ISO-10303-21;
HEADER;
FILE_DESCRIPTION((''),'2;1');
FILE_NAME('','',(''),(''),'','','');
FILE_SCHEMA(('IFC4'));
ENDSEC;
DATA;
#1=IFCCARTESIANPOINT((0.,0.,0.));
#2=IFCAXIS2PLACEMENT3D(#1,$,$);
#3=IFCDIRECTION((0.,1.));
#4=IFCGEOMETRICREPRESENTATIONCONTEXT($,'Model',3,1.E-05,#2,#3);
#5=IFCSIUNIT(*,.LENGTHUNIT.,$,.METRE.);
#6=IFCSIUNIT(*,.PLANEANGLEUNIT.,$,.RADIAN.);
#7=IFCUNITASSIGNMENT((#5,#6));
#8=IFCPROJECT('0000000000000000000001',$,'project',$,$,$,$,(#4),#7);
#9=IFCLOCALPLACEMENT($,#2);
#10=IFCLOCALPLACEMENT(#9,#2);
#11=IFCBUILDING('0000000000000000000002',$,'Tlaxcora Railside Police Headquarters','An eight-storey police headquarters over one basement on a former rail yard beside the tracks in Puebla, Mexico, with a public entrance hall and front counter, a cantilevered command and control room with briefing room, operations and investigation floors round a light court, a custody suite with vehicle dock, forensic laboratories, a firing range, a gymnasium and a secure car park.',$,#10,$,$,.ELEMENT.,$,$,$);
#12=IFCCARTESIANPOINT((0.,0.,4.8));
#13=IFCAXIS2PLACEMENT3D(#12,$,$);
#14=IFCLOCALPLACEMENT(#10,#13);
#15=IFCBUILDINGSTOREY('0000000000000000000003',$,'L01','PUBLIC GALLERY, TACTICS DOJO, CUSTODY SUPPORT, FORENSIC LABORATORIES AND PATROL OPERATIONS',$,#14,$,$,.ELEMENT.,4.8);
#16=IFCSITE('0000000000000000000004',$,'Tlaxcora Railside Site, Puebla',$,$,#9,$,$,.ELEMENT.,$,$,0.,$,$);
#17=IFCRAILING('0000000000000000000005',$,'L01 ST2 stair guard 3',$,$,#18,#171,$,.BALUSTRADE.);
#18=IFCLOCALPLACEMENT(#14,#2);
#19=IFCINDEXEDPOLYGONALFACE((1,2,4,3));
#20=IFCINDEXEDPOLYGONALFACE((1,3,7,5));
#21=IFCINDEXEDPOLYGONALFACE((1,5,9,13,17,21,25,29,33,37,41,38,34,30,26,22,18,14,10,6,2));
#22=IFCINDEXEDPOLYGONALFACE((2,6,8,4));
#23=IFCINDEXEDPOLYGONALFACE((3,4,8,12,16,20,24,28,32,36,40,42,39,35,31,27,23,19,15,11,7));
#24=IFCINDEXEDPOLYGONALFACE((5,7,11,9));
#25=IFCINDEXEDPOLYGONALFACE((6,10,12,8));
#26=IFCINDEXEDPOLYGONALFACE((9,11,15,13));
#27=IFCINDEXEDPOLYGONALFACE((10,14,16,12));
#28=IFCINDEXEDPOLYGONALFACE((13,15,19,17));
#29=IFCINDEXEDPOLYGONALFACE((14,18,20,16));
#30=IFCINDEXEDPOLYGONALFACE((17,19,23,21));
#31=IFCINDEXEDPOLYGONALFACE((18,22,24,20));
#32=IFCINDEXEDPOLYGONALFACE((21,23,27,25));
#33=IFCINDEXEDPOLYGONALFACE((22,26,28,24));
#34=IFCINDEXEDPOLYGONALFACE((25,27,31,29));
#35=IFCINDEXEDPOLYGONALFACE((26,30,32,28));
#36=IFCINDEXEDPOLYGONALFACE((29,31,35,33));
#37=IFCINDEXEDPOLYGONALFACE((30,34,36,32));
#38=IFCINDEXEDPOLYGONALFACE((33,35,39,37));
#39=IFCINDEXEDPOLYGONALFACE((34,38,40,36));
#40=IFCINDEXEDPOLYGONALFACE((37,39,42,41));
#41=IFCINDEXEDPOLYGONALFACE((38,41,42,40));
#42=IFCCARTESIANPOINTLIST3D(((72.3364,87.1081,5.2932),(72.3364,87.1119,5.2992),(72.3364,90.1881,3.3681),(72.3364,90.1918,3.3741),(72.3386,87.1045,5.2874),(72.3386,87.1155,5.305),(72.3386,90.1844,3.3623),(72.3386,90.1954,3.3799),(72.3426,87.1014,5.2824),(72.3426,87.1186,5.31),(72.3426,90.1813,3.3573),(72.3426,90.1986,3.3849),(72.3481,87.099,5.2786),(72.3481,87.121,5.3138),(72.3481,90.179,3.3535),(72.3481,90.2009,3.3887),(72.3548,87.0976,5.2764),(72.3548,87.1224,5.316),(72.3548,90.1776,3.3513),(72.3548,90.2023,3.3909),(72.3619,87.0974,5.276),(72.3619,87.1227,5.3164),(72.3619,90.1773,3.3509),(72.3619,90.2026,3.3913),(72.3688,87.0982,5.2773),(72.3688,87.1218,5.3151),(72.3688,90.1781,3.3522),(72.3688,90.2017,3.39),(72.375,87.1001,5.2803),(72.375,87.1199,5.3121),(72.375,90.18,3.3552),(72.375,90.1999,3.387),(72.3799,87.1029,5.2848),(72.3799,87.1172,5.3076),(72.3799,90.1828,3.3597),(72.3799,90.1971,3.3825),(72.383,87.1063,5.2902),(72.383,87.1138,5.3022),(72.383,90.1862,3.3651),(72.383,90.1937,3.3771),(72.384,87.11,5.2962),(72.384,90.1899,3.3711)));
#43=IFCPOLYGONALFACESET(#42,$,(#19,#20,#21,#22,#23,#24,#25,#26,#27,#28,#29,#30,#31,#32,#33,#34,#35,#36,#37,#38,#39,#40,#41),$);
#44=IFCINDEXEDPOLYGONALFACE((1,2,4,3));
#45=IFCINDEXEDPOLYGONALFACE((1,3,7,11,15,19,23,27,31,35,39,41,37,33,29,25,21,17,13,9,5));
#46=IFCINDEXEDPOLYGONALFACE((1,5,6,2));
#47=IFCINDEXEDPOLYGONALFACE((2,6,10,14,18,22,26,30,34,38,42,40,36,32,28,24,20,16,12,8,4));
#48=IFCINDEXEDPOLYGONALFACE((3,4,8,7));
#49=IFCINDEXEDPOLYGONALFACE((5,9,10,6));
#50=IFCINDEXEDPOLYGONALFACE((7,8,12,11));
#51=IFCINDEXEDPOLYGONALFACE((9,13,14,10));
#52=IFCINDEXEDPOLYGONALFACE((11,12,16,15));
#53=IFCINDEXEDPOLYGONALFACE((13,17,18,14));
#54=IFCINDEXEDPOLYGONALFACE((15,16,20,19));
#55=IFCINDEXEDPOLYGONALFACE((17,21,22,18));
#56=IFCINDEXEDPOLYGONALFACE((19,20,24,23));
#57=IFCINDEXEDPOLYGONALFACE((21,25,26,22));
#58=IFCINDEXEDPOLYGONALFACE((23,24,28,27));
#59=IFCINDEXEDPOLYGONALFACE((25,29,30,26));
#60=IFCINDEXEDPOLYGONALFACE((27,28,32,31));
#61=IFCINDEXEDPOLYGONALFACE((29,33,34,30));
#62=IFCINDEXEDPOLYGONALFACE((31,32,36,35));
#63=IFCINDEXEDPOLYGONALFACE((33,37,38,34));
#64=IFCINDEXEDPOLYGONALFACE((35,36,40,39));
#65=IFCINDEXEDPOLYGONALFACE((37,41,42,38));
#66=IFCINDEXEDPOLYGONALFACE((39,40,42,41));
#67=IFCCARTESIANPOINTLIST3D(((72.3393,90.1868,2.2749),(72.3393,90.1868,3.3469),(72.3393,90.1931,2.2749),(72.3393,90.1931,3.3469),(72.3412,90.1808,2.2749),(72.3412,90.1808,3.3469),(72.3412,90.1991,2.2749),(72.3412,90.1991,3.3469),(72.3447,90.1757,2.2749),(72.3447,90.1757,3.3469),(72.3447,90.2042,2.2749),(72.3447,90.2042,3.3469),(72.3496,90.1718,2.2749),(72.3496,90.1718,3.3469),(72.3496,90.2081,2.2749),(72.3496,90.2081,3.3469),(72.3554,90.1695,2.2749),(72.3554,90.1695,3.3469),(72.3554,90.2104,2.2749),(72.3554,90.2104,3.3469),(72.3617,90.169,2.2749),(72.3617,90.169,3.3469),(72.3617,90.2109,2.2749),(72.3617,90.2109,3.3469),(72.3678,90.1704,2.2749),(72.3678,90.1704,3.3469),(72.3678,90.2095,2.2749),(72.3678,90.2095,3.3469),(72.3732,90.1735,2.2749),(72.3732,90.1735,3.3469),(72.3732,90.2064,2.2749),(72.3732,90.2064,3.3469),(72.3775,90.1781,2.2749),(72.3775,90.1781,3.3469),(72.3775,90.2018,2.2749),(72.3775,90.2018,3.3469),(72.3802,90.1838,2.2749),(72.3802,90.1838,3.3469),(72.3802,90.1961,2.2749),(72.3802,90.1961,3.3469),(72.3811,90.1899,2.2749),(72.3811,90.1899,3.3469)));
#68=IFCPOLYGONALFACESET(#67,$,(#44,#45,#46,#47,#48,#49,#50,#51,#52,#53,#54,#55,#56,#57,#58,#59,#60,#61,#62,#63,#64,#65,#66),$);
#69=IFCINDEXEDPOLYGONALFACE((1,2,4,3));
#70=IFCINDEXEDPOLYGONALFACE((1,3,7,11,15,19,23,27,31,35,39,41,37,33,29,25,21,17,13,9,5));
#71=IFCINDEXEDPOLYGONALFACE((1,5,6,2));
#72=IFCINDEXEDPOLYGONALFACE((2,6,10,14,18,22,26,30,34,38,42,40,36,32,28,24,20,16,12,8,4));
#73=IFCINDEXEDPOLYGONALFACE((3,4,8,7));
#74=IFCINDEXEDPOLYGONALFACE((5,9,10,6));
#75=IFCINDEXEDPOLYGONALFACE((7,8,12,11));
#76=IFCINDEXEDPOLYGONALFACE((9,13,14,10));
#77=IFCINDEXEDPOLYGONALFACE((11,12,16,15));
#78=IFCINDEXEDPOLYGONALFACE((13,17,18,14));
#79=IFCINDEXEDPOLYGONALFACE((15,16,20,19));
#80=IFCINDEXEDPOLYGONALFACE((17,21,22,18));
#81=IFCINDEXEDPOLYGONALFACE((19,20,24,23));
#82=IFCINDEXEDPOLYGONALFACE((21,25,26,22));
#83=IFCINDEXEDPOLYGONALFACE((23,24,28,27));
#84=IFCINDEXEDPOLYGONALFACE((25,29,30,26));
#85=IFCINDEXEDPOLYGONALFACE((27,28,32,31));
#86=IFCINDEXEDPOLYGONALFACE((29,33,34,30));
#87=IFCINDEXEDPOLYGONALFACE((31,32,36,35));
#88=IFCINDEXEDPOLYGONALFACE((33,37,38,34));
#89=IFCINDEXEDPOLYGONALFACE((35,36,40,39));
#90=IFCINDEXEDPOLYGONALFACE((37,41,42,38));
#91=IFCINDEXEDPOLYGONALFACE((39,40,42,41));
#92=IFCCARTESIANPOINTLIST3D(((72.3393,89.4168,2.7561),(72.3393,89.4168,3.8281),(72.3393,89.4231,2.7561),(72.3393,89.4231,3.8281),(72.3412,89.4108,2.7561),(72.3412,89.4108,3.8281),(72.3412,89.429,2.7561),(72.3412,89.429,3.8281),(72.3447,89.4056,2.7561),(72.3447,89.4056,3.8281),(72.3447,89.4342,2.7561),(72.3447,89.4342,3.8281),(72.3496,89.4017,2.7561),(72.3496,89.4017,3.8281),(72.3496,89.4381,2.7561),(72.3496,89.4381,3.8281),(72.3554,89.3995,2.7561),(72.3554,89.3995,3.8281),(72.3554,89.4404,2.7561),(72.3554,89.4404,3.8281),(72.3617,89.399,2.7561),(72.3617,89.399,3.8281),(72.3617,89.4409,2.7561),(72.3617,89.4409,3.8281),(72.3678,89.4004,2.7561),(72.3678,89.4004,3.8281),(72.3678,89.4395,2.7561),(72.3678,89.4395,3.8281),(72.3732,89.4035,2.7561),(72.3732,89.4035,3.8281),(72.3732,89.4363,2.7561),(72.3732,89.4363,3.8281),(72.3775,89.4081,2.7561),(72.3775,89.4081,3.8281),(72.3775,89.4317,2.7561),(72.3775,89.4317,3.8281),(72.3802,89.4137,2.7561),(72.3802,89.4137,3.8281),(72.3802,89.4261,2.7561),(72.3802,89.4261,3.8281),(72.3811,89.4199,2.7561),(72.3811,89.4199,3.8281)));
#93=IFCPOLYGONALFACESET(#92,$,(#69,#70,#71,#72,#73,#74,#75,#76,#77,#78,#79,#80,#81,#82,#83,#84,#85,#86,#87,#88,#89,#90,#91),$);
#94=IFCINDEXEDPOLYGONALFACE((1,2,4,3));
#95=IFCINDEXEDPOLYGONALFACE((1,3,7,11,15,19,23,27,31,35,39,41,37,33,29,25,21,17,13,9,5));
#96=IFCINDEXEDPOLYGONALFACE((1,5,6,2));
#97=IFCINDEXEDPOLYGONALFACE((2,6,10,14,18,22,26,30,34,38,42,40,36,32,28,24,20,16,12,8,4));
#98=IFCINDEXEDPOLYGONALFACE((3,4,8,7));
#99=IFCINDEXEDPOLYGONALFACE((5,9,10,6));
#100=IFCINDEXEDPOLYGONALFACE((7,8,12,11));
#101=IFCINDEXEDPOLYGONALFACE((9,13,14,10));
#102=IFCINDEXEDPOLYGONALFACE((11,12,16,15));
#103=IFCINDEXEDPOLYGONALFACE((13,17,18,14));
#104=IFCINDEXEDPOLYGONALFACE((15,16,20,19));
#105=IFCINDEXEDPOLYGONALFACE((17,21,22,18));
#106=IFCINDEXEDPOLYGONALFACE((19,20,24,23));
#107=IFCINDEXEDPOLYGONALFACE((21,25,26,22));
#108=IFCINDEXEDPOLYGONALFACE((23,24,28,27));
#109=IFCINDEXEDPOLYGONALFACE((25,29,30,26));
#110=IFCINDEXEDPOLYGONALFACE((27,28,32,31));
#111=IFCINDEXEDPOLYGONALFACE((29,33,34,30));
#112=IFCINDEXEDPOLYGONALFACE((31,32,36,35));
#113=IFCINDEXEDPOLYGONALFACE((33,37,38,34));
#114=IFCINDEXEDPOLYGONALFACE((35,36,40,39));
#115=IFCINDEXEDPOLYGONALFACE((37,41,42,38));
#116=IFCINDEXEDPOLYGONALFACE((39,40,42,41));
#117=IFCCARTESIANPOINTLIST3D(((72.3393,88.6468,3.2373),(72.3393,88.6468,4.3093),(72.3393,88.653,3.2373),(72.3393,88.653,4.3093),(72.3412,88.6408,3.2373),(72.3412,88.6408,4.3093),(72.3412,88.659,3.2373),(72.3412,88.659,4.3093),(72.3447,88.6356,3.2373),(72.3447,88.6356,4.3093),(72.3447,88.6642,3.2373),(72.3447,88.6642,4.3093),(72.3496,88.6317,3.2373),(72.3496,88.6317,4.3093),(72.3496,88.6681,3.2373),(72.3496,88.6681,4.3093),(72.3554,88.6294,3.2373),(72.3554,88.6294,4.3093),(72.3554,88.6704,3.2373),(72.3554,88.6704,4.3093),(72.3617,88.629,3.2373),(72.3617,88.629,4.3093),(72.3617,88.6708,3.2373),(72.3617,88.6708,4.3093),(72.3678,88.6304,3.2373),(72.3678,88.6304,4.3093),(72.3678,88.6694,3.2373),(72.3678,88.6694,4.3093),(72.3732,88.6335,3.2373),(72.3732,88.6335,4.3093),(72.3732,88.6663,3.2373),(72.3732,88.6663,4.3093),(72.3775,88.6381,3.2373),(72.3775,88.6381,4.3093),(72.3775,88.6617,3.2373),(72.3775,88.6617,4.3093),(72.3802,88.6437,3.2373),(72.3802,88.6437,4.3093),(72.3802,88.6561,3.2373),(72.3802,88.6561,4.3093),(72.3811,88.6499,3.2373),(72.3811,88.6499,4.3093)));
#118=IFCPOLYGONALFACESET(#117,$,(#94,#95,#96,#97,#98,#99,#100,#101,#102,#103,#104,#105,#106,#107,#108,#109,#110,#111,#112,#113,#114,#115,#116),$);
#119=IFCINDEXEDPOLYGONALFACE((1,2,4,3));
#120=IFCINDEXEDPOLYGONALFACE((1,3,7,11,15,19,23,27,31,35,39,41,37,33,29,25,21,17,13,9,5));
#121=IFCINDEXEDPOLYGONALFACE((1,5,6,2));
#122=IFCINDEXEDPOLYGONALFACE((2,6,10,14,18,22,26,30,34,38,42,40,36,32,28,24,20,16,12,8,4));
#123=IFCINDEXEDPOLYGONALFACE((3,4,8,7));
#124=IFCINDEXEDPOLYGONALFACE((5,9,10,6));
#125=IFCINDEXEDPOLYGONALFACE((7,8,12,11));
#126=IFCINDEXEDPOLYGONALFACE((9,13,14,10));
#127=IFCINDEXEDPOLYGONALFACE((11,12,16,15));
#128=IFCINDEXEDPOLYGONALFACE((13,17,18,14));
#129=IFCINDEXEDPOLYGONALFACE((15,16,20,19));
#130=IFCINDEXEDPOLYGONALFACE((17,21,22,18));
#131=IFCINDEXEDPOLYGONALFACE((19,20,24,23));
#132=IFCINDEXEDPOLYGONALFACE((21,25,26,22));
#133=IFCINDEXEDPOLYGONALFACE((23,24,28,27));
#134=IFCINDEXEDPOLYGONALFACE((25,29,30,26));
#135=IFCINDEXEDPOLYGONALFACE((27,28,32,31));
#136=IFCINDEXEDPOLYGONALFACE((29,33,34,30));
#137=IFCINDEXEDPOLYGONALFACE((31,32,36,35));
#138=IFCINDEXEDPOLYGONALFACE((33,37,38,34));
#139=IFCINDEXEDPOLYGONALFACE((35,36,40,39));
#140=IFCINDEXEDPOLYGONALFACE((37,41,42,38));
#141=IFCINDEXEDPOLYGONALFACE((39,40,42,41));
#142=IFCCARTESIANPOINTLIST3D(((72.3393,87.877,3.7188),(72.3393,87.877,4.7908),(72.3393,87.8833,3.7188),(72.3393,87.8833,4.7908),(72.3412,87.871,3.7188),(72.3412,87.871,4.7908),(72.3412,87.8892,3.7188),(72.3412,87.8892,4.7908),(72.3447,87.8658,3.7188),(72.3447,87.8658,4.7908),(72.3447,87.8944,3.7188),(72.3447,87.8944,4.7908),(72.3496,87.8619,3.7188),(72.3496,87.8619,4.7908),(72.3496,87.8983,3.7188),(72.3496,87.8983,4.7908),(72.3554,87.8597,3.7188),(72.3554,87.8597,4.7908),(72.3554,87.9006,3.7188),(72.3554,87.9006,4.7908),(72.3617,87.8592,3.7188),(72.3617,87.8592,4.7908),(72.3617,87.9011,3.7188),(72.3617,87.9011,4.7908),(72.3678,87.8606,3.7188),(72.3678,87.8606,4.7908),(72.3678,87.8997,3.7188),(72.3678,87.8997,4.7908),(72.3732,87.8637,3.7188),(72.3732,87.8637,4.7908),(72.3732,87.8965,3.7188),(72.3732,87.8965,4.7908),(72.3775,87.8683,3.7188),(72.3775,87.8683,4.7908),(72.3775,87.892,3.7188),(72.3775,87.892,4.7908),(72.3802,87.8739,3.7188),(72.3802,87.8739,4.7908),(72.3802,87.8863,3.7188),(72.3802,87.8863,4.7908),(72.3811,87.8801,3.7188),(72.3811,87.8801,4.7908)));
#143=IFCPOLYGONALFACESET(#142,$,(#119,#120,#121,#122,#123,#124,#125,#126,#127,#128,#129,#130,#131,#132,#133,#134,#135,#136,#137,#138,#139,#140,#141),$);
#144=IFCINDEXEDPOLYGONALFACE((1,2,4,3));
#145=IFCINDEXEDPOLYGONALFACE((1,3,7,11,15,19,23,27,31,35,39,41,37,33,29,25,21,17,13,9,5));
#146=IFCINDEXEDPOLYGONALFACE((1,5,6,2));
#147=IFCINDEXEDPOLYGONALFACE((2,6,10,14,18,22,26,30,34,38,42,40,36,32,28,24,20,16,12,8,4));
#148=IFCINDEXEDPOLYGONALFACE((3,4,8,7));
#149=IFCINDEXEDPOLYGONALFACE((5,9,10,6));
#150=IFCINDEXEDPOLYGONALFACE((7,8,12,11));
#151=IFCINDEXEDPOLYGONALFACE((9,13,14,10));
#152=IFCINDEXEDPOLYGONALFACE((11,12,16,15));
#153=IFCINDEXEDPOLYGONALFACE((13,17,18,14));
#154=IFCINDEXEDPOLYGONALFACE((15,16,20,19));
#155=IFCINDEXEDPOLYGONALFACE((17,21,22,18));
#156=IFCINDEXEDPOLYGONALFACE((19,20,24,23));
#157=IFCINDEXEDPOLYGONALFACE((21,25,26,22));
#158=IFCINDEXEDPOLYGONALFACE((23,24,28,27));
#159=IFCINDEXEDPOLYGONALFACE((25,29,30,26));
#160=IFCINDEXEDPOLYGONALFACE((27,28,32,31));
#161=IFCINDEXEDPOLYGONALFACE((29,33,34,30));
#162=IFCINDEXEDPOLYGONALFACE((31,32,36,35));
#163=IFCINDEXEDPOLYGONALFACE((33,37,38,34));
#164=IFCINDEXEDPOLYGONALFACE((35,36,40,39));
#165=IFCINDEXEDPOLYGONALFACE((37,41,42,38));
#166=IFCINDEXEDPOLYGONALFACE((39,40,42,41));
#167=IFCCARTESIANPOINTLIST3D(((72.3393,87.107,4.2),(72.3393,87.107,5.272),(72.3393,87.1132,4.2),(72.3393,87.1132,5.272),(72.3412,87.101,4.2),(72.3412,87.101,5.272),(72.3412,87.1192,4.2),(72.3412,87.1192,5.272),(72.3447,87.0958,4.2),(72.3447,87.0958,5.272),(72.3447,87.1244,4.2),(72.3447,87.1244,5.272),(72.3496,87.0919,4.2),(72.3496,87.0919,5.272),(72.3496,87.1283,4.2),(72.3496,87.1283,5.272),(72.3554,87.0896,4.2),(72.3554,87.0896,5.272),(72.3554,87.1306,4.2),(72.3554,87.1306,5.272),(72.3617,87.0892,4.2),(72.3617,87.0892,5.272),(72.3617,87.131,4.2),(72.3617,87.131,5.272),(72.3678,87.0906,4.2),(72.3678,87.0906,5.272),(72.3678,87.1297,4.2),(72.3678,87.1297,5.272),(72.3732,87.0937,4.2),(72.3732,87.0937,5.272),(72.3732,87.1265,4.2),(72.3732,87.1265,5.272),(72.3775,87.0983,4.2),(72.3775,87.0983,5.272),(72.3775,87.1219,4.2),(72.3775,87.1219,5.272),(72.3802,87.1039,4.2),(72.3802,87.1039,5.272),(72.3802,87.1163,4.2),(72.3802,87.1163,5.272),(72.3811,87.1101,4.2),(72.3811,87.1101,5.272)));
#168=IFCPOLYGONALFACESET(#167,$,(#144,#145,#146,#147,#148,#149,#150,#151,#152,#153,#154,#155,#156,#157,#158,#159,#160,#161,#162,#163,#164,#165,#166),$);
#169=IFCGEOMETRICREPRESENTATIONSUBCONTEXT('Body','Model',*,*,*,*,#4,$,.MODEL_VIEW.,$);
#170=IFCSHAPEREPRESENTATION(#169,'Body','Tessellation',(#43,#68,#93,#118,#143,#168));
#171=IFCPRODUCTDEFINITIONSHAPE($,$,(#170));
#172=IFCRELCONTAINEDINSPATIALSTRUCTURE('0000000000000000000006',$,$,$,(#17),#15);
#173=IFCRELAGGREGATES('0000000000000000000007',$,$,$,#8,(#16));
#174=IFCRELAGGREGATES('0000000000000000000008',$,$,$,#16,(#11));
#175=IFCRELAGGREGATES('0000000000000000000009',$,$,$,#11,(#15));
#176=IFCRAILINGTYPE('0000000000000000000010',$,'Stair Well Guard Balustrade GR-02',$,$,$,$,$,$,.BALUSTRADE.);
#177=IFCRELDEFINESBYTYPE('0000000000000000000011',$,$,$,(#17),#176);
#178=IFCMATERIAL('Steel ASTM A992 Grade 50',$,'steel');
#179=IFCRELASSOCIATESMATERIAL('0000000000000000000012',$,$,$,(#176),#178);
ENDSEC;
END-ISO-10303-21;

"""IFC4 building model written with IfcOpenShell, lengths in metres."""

from ifc_helpers import new_model, si_unit, direction, frame, origin, origin_2d, place, context, subcontext, project, spatial, circle, extrude, material, type_object, element, save


model = new_model("IFC4")

# Units and contexts
model_context = context("Model", 3, precision=1e-05, world=origin(), true_north=direction((0.0, 1.0)))
body_context = subcontext(model_context, "Body", "Model", "MODEL_VIEW")
ifc_project = project(units=[si_unit("LENGTHUNIT", "METRE"), si_unit("PLANEANGLEUNIT", "RADIAN")], contexts=[model_context])

# Site, building, storey
site_placement = place(None, origin())
site = spatial("IfcSite", under=ifc_project, at=site_placement, Name="Tlaxcora Railside Site, Puebla", CompositionType="ELEMENT", RefElevation=0.0)
building_placement = place(site_placement, origin())
building = spatial("IfcBuilding", under=site, at=building_placement, Name="Tlaxcora Railside Police Headquarters", Description="An eight-storey police headquarters over one basement on a former rail yard beside the tracks in Puebla, Mexico, with a public entrance hall and front counter, a cantilevered command and control room with briefing room, operations and investigation floors round a light court, a custody suite with vehicle dock, forensic laboratories, a firing range, a gymnasium and a secure car park.", CompositionType="ELEMENT")
storey_placement = place(building_placement, frame((0.0, 0.0, 4.8)))
storey = spatial("IfcBuildingStorey", under=building, at=storey_placement, Name="L01", Description="PUBLIC GALLERY, TACTICS DOJO, CUSTODY SUPPORT, FORENSIC LABORATORIES AND PATROL OPERATIONS", CompositionType="ELEMENT", Elevation=4.8)

# Shared definitions
ifc_material_1 = material(Name="Steel ASTM A992 Grade 50", Category="steel")

# Railing
railing_type_1 = type_object("IfcRailingType", Name="Stair Well Guard Balustrade GR-02", PredefinedType="BALUSTRADE", material=ifc_material_1)
railing_1_placement = place(storey_placement, frame((72.3601, 90.1899, 2.2749)))
element("IfcRailing", 1, at=railing_1_placement, inside=storey, type_object=railing_type_1, Name="L01 ST2 stair guard 3", PredefinedType="BALUSTRADE", context=body_context, shape_type="SweptSolid", body=[
    extrude(circle(Radius=0.0239, at=origin_2d()), frame((0.0, 0.0, 1.0962), z_axis=(0.0, -0.847979, 0.530029), x_axis=(1.0, 0.0, 0.0)), (0.0, 0.0, 1.0), 3.6321),
    extrude(circle(Radius=0.021, at=origin_2d()), origin(), (0.0, 0.0, 1.0), 1.072),
    extrude(circle(Radius=0.021, at=origin_2d()), frame((0.0, -0.77, 0.4812)), (0.0, 0.0, 1.0), 1.072),
    extrude(circle(Radius=0.021, at=origin_2d()), frame((0.0, -1.54, 0.9624)), (0.0, 0.0, 1.0), 1.072),
    extrude(circle(Radius=0.021, at=origin_2d()), frame((0.0, -2.3098, 1.4438)), (0.0, 0.0, 1.0), 1.072),
    extrude(circle(Radius=0.021, at=origin_2d()), frame((0.0, -3.0798, 1.925)), (0.0, 0.0, 1.0), 1.072),
])

save(model, "model.ifc")
